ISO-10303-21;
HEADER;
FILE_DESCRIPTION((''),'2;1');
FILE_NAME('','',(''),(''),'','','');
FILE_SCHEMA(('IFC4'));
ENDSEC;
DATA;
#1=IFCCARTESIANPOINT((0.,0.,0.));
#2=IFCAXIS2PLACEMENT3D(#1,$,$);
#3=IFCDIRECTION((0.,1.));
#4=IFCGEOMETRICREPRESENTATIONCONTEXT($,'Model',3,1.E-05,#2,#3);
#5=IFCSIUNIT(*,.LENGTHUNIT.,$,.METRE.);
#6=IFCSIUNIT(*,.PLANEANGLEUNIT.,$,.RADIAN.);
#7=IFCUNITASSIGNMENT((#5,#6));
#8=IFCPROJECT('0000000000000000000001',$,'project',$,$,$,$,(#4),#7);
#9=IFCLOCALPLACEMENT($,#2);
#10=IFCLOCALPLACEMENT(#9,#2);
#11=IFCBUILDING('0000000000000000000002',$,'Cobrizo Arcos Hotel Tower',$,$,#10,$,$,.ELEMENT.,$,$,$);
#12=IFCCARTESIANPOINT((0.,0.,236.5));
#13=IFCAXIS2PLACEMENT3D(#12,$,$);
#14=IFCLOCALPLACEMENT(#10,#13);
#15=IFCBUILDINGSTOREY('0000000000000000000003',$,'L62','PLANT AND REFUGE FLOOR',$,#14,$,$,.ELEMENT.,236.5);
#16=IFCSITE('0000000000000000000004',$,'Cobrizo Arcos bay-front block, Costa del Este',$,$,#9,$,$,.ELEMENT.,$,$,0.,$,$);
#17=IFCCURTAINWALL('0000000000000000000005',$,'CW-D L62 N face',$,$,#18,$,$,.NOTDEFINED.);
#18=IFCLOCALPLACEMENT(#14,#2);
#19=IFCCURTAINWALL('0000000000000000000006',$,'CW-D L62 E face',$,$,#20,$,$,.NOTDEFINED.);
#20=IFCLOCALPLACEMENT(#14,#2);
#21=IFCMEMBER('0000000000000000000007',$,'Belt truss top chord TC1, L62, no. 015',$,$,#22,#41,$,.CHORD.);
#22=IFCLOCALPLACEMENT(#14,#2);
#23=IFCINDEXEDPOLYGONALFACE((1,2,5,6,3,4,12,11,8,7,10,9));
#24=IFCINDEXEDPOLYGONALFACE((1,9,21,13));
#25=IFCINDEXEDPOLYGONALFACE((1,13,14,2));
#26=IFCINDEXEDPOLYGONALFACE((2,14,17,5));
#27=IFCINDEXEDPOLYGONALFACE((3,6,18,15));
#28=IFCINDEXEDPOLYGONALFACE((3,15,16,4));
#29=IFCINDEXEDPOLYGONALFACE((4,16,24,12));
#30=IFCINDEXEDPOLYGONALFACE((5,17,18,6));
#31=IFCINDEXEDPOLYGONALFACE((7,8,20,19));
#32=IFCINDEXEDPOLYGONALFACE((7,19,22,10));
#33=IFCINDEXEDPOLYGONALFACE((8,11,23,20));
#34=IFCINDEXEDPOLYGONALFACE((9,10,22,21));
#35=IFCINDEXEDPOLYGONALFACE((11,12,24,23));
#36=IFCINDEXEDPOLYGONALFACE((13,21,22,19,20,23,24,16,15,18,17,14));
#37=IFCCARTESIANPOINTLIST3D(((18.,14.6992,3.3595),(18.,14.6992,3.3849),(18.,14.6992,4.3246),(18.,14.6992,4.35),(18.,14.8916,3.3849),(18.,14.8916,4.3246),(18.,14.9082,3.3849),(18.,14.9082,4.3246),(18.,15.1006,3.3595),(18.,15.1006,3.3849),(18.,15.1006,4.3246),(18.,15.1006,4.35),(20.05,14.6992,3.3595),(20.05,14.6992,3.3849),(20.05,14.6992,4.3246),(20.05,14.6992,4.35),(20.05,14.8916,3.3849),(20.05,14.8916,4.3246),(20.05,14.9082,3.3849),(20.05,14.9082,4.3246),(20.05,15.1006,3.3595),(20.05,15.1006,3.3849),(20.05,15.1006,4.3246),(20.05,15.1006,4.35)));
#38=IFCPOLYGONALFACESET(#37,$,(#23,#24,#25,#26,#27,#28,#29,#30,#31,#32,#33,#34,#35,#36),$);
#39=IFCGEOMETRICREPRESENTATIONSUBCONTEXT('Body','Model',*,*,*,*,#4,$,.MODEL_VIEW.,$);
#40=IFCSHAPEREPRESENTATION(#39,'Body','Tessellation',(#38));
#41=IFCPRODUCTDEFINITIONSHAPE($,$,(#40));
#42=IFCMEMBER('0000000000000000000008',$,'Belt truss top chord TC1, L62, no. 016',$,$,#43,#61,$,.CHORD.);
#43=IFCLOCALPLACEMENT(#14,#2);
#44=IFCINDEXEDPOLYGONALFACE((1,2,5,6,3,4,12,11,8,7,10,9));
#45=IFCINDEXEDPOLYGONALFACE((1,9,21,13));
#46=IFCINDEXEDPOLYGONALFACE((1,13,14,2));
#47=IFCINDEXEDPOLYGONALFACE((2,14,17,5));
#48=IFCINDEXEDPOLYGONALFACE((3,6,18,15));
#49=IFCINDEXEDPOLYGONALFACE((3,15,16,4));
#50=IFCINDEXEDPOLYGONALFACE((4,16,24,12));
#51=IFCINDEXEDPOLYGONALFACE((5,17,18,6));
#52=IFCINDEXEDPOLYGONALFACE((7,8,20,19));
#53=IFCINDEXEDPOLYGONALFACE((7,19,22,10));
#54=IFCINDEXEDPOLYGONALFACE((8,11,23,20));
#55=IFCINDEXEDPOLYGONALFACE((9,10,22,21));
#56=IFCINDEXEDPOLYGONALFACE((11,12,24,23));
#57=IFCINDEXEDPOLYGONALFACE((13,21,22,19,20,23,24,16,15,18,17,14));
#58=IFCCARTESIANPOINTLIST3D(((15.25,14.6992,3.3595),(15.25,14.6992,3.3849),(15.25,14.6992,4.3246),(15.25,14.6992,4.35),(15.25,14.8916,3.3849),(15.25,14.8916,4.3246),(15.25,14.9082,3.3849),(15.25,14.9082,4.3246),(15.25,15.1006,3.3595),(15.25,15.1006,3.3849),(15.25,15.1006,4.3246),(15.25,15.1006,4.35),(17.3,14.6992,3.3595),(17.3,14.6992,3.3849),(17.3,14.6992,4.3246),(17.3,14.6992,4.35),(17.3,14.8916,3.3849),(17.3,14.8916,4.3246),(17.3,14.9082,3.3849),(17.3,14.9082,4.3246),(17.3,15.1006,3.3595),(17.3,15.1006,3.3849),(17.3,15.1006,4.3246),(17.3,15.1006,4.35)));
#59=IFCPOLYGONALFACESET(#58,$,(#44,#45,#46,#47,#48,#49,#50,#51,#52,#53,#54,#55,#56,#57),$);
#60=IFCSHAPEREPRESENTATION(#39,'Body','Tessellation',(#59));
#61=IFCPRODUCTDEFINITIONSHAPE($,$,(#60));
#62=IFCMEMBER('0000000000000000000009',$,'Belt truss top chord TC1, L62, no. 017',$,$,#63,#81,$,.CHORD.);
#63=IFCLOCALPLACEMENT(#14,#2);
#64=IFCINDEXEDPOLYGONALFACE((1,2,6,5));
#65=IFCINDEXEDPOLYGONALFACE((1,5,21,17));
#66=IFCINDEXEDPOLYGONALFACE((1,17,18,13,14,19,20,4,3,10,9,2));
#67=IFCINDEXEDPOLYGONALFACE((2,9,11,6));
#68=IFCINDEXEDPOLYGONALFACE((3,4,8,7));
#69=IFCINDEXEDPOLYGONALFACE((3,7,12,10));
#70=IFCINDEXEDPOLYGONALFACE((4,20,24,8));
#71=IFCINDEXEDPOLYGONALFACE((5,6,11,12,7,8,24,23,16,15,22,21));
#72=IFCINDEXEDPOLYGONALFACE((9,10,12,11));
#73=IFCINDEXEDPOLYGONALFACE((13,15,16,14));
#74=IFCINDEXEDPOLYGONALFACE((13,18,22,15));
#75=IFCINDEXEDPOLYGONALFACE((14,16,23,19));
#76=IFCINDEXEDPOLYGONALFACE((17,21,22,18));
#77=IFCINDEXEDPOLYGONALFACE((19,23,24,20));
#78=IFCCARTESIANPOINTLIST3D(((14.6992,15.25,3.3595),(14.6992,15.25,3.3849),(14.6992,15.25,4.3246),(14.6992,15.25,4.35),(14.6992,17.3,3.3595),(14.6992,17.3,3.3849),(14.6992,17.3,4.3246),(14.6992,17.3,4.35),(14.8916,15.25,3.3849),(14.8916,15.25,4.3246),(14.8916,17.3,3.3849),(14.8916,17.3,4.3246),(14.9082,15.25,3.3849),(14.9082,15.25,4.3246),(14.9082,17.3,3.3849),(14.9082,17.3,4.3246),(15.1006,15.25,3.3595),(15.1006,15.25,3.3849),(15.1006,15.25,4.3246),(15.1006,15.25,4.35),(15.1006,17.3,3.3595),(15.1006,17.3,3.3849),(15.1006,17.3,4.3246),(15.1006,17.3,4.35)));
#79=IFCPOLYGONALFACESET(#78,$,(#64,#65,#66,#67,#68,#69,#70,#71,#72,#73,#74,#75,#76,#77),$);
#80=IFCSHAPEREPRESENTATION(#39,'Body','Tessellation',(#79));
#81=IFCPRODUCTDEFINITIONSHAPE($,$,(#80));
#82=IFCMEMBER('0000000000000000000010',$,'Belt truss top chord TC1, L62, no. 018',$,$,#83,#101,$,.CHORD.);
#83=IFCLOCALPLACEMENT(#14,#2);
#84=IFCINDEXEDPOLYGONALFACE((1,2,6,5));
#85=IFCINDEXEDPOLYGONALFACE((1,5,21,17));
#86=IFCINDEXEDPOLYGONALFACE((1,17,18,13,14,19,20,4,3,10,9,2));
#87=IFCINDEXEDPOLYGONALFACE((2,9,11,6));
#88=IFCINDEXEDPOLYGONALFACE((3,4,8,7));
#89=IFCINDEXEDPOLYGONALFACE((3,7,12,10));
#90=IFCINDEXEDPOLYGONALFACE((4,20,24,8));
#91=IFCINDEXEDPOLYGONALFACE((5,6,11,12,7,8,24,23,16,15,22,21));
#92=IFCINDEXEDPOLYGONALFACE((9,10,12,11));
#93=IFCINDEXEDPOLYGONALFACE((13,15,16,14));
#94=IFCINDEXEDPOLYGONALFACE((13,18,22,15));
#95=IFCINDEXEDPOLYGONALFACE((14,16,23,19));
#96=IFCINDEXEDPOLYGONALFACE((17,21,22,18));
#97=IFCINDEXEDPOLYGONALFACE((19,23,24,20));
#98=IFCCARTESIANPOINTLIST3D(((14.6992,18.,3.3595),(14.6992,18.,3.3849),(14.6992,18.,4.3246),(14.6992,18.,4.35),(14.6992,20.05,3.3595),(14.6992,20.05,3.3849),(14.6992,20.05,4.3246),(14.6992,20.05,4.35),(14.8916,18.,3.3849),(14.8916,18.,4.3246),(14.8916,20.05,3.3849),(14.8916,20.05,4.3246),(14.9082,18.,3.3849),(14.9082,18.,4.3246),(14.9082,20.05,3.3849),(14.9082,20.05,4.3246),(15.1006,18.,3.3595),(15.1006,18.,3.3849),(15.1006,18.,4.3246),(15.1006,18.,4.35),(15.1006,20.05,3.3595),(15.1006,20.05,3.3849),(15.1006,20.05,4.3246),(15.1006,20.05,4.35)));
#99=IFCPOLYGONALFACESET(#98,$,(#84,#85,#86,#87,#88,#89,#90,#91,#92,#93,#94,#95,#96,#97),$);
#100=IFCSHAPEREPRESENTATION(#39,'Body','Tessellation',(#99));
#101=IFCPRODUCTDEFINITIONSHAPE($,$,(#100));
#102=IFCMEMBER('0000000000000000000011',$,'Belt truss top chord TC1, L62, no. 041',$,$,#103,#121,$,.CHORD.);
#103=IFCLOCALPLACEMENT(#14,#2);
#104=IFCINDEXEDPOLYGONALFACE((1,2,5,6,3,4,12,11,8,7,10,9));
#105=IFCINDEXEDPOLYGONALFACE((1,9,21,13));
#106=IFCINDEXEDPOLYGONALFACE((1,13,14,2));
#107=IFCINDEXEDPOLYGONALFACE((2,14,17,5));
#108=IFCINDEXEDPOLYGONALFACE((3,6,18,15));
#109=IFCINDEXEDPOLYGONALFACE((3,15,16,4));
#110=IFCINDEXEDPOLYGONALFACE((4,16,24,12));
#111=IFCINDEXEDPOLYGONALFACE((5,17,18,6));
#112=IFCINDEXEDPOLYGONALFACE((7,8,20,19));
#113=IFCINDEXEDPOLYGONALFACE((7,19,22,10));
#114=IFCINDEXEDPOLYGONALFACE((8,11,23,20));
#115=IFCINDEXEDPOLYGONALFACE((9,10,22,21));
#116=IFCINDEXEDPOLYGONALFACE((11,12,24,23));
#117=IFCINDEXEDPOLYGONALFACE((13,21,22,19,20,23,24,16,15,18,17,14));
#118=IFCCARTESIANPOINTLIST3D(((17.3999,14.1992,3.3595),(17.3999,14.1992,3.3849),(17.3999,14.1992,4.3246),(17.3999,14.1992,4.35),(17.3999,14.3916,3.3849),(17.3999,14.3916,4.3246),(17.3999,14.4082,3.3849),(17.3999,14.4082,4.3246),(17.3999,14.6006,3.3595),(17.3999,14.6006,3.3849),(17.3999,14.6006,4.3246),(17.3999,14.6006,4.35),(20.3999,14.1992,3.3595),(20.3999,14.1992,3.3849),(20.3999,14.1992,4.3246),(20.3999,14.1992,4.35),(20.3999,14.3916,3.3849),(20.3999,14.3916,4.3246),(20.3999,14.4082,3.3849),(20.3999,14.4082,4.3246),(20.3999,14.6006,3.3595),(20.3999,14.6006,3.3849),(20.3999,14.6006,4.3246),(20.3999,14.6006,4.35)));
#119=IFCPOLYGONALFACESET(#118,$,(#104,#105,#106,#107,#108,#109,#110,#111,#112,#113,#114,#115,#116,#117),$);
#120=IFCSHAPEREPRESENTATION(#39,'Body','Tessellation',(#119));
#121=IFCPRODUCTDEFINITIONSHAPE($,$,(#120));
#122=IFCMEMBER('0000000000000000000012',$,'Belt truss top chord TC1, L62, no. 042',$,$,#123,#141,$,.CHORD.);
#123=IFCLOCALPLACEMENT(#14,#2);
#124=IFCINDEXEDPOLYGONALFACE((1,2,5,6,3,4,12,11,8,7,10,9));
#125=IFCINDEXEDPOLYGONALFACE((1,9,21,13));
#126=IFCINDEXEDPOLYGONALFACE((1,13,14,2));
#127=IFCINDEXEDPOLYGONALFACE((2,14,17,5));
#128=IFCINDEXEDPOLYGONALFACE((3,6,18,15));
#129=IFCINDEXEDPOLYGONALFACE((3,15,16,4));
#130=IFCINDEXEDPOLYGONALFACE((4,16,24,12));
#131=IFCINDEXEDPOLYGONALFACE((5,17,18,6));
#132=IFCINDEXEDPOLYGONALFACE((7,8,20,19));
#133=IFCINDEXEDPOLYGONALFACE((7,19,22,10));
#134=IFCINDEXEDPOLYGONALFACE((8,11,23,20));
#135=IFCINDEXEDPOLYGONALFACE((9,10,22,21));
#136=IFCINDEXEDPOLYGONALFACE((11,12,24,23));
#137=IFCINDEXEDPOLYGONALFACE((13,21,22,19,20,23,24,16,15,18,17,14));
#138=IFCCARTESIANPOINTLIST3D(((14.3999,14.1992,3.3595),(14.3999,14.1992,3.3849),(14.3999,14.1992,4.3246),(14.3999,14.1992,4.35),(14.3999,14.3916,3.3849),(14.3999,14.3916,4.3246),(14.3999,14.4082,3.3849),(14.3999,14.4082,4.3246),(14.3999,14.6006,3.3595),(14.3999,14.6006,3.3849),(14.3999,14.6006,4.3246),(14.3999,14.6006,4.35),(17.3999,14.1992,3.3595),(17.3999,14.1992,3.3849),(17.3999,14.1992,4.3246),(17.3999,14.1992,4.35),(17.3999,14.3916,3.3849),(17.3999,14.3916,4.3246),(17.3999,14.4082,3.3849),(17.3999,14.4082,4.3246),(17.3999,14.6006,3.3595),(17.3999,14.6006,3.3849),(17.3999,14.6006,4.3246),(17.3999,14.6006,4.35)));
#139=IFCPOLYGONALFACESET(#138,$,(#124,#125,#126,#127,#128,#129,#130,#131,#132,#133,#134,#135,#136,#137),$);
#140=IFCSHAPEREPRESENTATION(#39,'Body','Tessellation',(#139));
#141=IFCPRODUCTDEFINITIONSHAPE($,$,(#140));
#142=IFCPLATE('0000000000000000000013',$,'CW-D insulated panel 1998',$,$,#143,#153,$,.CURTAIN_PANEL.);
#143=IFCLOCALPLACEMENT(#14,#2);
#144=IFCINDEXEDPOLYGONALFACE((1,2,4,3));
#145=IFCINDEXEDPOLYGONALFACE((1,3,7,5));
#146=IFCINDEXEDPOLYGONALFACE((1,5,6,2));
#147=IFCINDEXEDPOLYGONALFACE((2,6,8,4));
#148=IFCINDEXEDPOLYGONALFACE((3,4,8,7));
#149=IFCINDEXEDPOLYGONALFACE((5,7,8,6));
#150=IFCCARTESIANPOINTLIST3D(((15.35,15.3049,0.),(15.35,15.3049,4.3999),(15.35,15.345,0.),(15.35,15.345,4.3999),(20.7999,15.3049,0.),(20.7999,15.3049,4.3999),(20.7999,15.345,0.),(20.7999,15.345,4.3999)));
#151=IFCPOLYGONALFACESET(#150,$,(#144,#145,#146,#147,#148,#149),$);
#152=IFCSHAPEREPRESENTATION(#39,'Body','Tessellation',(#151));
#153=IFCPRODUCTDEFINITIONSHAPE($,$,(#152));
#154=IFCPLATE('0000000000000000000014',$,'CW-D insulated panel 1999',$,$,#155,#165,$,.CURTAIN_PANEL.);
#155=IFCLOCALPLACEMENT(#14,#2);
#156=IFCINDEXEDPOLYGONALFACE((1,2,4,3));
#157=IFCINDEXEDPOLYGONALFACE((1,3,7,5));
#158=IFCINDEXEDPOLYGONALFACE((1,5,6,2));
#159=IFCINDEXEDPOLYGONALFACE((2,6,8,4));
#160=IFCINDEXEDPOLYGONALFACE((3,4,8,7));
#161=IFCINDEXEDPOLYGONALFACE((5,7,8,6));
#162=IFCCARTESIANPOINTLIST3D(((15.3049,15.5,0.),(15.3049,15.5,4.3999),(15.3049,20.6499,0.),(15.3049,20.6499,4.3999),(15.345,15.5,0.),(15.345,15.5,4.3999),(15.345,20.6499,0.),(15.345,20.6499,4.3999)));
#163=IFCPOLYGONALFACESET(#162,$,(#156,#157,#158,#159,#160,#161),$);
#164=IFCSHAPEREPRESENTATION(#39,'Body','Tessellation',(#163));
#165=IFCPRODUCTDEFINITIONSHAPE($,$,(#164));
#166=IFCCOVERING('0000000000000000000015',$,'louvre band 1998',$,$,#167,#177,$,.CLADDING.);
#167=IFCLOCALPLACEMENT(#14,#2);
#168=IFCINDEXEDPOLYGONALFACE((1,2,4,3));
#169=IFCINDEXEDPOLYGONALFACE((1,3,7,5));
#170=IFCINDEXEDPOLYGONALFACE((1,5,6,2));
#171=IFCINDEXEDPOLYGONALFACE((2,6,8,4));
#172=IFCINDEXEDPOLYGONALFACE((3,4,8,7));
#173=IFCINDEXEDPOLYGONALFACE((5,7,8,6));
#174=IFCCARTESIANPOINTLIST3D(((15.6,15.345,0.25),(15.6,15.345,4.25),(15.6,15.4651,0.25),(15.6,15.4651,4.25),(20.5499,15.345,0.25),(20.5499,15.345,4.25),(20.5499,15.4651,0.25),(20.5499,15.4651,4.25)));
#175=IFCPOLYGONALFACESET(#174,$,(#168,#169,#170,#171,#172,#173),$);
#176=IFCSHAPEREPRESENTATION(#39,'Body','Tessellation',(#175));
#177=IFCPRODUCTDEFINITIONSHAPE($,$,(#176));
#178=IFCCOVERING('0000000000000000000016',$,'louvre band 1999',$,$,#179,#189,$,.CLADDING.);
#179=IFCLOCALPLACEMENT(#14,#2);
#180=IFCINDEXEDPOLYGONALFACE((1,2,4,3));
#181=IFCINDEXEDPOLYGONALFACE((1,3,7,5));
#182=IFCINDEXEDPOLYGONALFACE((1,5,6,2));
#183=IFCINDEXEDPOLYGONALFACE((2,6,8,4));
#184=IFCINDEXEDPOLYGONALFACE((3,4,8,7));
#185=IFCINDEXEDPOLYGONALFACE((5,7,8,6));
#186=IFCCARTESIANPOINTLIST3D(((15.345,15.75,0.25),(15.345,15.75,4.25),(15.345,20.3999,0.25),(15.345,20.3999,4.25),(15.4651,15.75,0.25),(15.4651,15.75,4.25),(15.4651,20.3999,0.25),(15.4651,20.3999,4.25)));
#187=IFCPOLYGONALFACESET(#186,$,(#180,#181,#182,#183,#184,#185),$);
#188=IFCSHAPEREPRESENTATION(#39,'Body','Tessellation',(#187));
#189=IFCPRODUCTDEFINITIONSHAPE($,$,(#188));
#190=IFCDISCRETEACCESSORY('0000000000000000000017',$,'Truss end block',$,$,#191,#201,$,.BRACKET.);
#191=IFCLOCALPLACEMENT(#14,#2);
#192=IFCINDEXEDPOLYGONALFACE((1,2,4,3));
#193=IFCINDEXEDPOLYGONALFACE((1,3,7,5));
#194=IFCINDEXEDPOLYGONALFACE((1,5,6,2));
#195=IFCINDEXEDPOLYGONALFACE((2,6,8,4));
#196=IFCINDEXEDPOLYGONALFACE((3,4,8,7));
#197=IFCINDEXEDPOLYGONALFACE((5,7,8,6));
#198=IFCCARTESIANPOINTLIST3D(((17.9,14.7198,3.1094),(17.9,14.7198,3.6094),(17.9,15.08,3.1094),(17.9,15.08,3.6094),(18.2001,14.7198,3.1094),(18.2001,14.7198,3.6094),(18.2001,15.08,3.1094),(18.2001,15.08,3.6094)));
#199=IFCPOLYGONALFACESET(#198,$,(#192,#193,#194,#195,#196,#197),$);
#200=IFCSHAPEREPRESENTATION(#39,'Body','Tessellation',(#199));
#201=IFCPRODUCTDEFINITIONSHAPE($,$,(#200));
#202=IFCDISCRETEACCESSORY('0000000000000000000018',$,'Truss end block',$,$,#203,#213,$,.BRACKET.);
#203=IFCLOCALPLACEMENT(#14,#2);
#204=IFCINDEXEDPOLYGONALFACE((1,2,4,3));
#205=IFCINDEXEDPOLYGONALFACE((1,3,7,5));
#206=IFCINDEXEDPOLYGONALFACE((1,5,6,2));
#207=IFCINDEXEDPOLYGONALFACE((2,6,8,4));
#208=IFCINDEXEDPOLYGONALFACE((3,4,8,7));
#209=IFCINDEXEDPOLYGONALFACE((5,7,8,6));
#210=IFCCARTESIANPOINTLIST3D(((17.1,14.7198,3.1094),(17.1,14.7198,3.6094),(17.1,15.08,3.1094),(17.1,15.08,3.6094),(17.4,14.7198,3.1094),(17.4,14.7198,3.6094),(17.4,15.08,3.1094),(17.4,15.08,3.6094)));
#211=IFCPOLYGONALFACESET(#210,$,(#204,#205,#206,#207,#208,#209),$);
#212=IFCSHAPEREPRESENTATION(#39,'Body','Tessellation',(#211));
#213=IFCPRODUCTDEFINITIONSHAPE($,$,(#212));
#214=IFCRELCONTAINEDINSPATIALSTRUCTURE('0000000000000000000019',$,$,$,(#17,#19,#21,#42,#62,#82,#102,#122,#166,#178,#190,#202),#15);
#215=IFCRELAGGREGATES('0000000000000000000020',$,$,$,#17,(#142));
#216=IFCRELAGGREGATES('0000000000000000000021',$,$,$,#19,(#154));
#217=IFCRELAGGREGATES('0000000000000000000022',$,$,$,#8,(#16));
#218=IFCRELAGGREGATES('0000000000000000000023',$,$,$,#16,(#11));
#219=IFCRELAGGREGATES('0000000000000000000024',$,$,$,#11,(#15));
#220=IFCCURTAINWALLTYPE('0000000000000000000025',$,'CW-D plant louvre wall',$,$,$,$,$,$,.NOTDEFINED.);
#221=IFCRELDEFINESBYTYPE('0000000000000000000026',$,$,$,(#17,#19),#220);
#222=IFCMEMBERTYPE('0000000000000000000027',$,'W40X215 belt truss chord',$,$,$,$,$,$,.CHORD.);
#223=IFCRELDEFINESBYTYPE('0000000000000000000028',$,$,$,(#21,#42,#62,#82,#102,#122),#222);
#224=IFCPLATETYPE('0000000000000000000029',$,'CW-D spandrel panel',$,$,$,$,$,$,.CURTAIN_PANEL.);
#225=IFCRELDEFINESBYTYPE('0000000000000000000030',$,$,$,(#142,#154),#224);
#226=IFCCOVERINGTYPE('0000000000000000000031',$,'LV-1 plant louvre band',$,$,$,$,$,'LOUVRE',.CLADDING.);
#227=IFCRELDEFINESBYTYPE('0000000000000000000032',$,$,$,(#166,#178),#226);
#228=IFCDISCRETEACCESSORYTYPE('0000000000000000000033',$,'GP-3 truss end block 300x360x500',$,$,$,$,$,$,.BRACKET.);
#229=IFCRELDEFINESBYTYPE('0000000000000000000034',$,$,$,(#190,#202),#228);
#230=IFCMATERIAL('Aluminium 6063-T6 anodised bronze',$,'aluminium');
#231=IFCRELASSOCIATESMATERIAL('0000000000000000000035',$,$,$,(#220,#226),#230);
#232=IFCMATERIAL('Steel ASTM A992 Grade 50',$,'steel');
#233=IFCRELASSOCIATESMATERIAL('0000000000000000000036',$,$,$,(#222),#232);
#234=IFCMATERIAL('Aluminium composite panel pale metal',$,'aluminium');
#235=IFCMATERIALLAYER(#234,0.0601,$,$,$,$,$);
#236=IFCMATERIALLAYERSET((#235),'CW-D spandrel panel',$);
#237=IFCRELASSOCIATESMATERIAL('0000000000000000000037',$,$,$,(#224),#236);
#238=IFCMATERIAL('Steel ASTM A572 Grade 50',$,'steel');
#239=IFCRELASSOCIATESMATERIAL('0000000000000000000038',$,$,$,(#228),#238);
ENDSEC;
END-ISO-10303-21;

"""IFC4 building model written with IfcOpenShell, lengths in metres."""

from ifc_helpers import new_model, si_unit, direction, frame, origin, origin_2d, place, context, subcontext, project, spatial, rectangle, i_section, extrude, material, layer, layer_set, material_profile, profile_set, type_object, element, aggregate, save


model = new_model("IFC4")

# Units and contexts
model_context = context("Model", 3, precision=1e-05, world=origin(), true_north=direction((0.0, 1.0)))
body_context = subcontext(model_context, "Body", "Model", "MODEL_VIEW")
ifc_project = project(units=[si_unit("LENGTHUNIT", "METRE"), si_unit("PLANEANGLEUNIT", "RADIAN")], contexts=[model_context])

# Site, building, storey
site_placement = place(None, origin())
site = spatial("IfcSite", under=ifc_project, at=site_placement, Name="Cobrizo Arcos bay-front block, Costa del Este", CompositionType="ELEMENT", RefElevation=0.0)
building_placement = place(site_placement, origin())
building = spatial("IfcBuilding", under=site, at=building_placement, Name="Cobrizo Arcos Hotel Tower", CompositionType="ELEMENT")
storey_placement = place(building_placement, frame((0.0, 0.0, 236.5)))
storey = spatial("IfcBuildingStorey", under=building, at=storey_placement, Name="L62", Description="PLANT AND REFUGE FLOOR", CompositionType="ELEMENT", Elevation=236.5)

# Shared definitions
ifc_material_1 = material(Name="Aluminium 6063-T6 anodised bronze", Category="aluminium")
curtain_wall_type = type_object("IfcCurtainWallType", Name="CW-D plant louvre wall", PredefinedType="NOTDEFINED", material=ifc_material_1)

# Curtain walls
curtain_wall_1_placement = place(storey_placement, origin())
curtain_wall_1 = element("IfcCurtainWall", 1, at=curtain_wall_1_placement, inside=storey, type_object=curtain_wall_type, Name="CW-D L62 N face", PredefinedType="NOTDEFINED")
curtain_wall_2_placement = place(storey_placement, origin())
curtain_wall_2 = element("IfcCurtainWall", 2, at=curtain_wall_2_placement, inside=storey, type_object=curtain_wall_type, Name="CW-D L62 E face", PredefinedType="NOTDEFINED")

# Members
ifc_material_2 = material(Name="Steel ASTM A992 Grade 50", Category="steel")
ifc_material_profile_1 = material_profile(ifc_material_2, i_section(OverallWidth=0.4014, OverallDepth=0.9905, WebThickness=0.0166, FlangeThickness=0.0254, at=origin_2d()), Name="W40X215")
ifc_profile_set_1 = profile_set([ifc_material_profile_1], Name="Steel ASTM A992 Grade 50")
member_type_1 = type_object("IfcMemberType", Name="W40X215 belt truss chord", PredefinedType="CHORD", material=ifc_profile_set_1)
for number, where, z_axis, x_axis, name in (
    (3, (20.05, 14.8999, 3.8547), (-1.0, 0.0, 0.0), (0.0, -1.0, 0.0), "Belt truss top chord TC1, L62, no. 015"),
    (4, (17.3, 14.8999, 3.8547), (-1.0, 0.0, 0.0), (0.0, -1.0, 0.0), "Belt truss top chord TC1, L62, no. 016"),
    (5, (14.8999, 15.25, 3.8547), (0.0, 1.0, 0.0), (-1.0, 0.0, 0.0), "Belt truss top chord TC1, L62, no. 017"),
    (6, (14.8999, 18.0, 3.8547), (0.0, 1.0, 0.0), (-1.0, 0.0, 0.0), "Belt truss top chord TC1, L62, no. 018"),
):
    element("IfcMember", number, at=place(storey_placement, frame(where, z_axis=z_axis, x_axis=x_axis)), inside=storey, type_object=member_type_1, Name=name, PredefinedType="CHORD", context=body_context, shape_type="SweptSolid", body=[
        extrude(i_section(OverallWidth=0.4014, OverallDepth=0.9905, WebThickness=0.0166, FlangeThickness=0.0254, at=origin_2d()), origin(), (0.0, 0.0, 1.0), 2.05),
    ])
for number, where, z_axis, x_axis, name in (
    (7, (20.3999, 14.3999, 3.8547), (-1.0, 0.0, 0.0), (0.0, -1.0, 0.0), "Belt truss top chord TC1, L62, no. 041"),
    (8, (17.3999, 14.3999, 3.8547), (-1.0, 0.0, 0.0), (0.0, -1.0, 0.0), "Belt truss top chord TC1, L62, no. 042"),
):
    element("IfcMember", number, at=place(storey_placement, frame(where, z_axis=z_axis, x_axis=x_axis)), inside=storey, type_object=member_type_1, Name=name, PredefinedType="CHORD", context=body_context, shape_type="SweptSolid", body=[
        extrude(i_section(OverallWidth=0.4014, OverallDepth=0.9905, WebThickness=0.0166, FlangeThickness=0.0254, at=origin_2d()), origin(), (0.0, 0.0, 1.0), 3.0),
    ])

# Plates
ifc_material_3 = material(Name="Aluminium composite panel pale metal", Category="aluminium")
ifc_layer = layer(ifc_material_3, 0.0601)
ifc_layer_set = layer_set([ifc_layer], Name="CW-D spandrel panel")
plate_type = type_object("IfcPlateType", Name="CW-D spandrel panel", PredefinedType="CURTAIN_PANEL", material=ifc_layer_set)
plate_1_placement = place(storey_placement, frame((18.075, 15.325, 0.0), z_axis=(0.0, 0.0, 1.0), x_axis=(-1.0, 0.0, 0.0)))
plate_1 = element("IfcPlate", 9, at=plate_1_placement, type_object=plate_type, Name="CW-D insulated panel 1998", PredefinedType="CURTAIN_PANEL", context=body_context, shape_type="SweptSolid", body=[
    extrude(rectangle(XDim=5.45, YDim=0.04, at=origin_2d()), origin(), (0.0, 0.0, 1.0), 4.3999),
])
aggregate(curtain_wall_1, [plate_1])
plate_2_placement = place(storey_placement, frame((15.325, 18.075, 0.0), z_axis=(0.0, 0.0, 1.0), x_axis=(0.0, 1.0, 0.0)))
plate_2 = element("IfcPlate", 10, at=plate_2_placement, type_object=plate_type, Name="CW-D insulated panel 1999", PredefinedType="CURTAIN_PANEL", context=body_context, shape_type="SweptSolid", body=[
    extrude(rectangle(XDim=5.1499, YDim=0.04, at=origin_2d()), origin(), (0.0, 0.0, 1.0), 4.3999),
])
aggregate(curtain_wall_2, [plate_2])

# Coverings
covering_type = type_object("IfcCoveringType", Name="LV-1 plant louvre band", ElementType="LOUVRE", PredefinedType="CLADDING", material=ifc_material_1)
covering_1_placement = place(storey_placement, frame((18.075, 15.405, 0.25), z_axis=(0.0, 0.0, 1.0), x_axis=(-1.0, 0.0, 0.0)))
element("IfcCovering", 11, at=covering_1_placement, inside=storey, type_object=covering_type, Name="louvre band 1998", PredefinedType="CLADDING", context=body_context, shape_type="SweptSolid", body=[
    extrude(rectangle(XDim=4.95, YDim=0.1201, at=origin_2d()), origin(), (0.0, 0.0, 1.0), 4.0),
])
covering_2_placement = place(storey_placement, frame((15.405, 18.075, 0.25), z_axis=(0.0, 0.0, 1.0), x_axis=(0.0, 1.0, 0.0)))
element("IfcCovering", 12, at=covering_2_placement, inside=storey, type_object=covering_type, Name="louvre band 1999", PredefinedType="CLADDING", context=body_context, shape_type="SweptSolid", body=[
    extrude(rectangle(XDim=4.6499, YDim=0.1201, at=origin_2d()), origin(), (0.0, 0.0, 1.0), 4.0),
])

# Discrete accessories
ifc_material_4 = material(Name="Steel ASTM A572 Grade 50", Category="steel")
discrete_accessory_type_1 = type_object("IfcDiscreteAccessoryType", Name="GP-3 truss end block 300x360x500", PredefinedType="BRACKET", material=ifc_material_4)
for number, where, z_axis, x_axis, name in (
    (13, (18.05, 14.8999, 3.1094), (0.0, 0.0, 1.0), (1.0, 0.0, 0.0), "Truss end block"),
    (14, (17.25, 14.8999, 3.1094), (0.0, 0.0, 1.0), (-1.0, 0.0, 0.0), "Truss end block"),
):
    element("IfcDiscreteAccessory", number, at=place(storey_placement, frame(where, z_axis=z_axis, x_axis=x_axis)), inside=storey, type_object=discrete_accessory_type_1, Name=name, PredefinedType="BRACKET", context=body_context, shape_type="SweptSolid", body=[
        extrude(rectangle(XDim=0.3, YDim=0.3601, at=origin_2d()), origin(), (0.0, 0.0, 1.0), 0.5),
    ])

save(model, "model.ifc")
